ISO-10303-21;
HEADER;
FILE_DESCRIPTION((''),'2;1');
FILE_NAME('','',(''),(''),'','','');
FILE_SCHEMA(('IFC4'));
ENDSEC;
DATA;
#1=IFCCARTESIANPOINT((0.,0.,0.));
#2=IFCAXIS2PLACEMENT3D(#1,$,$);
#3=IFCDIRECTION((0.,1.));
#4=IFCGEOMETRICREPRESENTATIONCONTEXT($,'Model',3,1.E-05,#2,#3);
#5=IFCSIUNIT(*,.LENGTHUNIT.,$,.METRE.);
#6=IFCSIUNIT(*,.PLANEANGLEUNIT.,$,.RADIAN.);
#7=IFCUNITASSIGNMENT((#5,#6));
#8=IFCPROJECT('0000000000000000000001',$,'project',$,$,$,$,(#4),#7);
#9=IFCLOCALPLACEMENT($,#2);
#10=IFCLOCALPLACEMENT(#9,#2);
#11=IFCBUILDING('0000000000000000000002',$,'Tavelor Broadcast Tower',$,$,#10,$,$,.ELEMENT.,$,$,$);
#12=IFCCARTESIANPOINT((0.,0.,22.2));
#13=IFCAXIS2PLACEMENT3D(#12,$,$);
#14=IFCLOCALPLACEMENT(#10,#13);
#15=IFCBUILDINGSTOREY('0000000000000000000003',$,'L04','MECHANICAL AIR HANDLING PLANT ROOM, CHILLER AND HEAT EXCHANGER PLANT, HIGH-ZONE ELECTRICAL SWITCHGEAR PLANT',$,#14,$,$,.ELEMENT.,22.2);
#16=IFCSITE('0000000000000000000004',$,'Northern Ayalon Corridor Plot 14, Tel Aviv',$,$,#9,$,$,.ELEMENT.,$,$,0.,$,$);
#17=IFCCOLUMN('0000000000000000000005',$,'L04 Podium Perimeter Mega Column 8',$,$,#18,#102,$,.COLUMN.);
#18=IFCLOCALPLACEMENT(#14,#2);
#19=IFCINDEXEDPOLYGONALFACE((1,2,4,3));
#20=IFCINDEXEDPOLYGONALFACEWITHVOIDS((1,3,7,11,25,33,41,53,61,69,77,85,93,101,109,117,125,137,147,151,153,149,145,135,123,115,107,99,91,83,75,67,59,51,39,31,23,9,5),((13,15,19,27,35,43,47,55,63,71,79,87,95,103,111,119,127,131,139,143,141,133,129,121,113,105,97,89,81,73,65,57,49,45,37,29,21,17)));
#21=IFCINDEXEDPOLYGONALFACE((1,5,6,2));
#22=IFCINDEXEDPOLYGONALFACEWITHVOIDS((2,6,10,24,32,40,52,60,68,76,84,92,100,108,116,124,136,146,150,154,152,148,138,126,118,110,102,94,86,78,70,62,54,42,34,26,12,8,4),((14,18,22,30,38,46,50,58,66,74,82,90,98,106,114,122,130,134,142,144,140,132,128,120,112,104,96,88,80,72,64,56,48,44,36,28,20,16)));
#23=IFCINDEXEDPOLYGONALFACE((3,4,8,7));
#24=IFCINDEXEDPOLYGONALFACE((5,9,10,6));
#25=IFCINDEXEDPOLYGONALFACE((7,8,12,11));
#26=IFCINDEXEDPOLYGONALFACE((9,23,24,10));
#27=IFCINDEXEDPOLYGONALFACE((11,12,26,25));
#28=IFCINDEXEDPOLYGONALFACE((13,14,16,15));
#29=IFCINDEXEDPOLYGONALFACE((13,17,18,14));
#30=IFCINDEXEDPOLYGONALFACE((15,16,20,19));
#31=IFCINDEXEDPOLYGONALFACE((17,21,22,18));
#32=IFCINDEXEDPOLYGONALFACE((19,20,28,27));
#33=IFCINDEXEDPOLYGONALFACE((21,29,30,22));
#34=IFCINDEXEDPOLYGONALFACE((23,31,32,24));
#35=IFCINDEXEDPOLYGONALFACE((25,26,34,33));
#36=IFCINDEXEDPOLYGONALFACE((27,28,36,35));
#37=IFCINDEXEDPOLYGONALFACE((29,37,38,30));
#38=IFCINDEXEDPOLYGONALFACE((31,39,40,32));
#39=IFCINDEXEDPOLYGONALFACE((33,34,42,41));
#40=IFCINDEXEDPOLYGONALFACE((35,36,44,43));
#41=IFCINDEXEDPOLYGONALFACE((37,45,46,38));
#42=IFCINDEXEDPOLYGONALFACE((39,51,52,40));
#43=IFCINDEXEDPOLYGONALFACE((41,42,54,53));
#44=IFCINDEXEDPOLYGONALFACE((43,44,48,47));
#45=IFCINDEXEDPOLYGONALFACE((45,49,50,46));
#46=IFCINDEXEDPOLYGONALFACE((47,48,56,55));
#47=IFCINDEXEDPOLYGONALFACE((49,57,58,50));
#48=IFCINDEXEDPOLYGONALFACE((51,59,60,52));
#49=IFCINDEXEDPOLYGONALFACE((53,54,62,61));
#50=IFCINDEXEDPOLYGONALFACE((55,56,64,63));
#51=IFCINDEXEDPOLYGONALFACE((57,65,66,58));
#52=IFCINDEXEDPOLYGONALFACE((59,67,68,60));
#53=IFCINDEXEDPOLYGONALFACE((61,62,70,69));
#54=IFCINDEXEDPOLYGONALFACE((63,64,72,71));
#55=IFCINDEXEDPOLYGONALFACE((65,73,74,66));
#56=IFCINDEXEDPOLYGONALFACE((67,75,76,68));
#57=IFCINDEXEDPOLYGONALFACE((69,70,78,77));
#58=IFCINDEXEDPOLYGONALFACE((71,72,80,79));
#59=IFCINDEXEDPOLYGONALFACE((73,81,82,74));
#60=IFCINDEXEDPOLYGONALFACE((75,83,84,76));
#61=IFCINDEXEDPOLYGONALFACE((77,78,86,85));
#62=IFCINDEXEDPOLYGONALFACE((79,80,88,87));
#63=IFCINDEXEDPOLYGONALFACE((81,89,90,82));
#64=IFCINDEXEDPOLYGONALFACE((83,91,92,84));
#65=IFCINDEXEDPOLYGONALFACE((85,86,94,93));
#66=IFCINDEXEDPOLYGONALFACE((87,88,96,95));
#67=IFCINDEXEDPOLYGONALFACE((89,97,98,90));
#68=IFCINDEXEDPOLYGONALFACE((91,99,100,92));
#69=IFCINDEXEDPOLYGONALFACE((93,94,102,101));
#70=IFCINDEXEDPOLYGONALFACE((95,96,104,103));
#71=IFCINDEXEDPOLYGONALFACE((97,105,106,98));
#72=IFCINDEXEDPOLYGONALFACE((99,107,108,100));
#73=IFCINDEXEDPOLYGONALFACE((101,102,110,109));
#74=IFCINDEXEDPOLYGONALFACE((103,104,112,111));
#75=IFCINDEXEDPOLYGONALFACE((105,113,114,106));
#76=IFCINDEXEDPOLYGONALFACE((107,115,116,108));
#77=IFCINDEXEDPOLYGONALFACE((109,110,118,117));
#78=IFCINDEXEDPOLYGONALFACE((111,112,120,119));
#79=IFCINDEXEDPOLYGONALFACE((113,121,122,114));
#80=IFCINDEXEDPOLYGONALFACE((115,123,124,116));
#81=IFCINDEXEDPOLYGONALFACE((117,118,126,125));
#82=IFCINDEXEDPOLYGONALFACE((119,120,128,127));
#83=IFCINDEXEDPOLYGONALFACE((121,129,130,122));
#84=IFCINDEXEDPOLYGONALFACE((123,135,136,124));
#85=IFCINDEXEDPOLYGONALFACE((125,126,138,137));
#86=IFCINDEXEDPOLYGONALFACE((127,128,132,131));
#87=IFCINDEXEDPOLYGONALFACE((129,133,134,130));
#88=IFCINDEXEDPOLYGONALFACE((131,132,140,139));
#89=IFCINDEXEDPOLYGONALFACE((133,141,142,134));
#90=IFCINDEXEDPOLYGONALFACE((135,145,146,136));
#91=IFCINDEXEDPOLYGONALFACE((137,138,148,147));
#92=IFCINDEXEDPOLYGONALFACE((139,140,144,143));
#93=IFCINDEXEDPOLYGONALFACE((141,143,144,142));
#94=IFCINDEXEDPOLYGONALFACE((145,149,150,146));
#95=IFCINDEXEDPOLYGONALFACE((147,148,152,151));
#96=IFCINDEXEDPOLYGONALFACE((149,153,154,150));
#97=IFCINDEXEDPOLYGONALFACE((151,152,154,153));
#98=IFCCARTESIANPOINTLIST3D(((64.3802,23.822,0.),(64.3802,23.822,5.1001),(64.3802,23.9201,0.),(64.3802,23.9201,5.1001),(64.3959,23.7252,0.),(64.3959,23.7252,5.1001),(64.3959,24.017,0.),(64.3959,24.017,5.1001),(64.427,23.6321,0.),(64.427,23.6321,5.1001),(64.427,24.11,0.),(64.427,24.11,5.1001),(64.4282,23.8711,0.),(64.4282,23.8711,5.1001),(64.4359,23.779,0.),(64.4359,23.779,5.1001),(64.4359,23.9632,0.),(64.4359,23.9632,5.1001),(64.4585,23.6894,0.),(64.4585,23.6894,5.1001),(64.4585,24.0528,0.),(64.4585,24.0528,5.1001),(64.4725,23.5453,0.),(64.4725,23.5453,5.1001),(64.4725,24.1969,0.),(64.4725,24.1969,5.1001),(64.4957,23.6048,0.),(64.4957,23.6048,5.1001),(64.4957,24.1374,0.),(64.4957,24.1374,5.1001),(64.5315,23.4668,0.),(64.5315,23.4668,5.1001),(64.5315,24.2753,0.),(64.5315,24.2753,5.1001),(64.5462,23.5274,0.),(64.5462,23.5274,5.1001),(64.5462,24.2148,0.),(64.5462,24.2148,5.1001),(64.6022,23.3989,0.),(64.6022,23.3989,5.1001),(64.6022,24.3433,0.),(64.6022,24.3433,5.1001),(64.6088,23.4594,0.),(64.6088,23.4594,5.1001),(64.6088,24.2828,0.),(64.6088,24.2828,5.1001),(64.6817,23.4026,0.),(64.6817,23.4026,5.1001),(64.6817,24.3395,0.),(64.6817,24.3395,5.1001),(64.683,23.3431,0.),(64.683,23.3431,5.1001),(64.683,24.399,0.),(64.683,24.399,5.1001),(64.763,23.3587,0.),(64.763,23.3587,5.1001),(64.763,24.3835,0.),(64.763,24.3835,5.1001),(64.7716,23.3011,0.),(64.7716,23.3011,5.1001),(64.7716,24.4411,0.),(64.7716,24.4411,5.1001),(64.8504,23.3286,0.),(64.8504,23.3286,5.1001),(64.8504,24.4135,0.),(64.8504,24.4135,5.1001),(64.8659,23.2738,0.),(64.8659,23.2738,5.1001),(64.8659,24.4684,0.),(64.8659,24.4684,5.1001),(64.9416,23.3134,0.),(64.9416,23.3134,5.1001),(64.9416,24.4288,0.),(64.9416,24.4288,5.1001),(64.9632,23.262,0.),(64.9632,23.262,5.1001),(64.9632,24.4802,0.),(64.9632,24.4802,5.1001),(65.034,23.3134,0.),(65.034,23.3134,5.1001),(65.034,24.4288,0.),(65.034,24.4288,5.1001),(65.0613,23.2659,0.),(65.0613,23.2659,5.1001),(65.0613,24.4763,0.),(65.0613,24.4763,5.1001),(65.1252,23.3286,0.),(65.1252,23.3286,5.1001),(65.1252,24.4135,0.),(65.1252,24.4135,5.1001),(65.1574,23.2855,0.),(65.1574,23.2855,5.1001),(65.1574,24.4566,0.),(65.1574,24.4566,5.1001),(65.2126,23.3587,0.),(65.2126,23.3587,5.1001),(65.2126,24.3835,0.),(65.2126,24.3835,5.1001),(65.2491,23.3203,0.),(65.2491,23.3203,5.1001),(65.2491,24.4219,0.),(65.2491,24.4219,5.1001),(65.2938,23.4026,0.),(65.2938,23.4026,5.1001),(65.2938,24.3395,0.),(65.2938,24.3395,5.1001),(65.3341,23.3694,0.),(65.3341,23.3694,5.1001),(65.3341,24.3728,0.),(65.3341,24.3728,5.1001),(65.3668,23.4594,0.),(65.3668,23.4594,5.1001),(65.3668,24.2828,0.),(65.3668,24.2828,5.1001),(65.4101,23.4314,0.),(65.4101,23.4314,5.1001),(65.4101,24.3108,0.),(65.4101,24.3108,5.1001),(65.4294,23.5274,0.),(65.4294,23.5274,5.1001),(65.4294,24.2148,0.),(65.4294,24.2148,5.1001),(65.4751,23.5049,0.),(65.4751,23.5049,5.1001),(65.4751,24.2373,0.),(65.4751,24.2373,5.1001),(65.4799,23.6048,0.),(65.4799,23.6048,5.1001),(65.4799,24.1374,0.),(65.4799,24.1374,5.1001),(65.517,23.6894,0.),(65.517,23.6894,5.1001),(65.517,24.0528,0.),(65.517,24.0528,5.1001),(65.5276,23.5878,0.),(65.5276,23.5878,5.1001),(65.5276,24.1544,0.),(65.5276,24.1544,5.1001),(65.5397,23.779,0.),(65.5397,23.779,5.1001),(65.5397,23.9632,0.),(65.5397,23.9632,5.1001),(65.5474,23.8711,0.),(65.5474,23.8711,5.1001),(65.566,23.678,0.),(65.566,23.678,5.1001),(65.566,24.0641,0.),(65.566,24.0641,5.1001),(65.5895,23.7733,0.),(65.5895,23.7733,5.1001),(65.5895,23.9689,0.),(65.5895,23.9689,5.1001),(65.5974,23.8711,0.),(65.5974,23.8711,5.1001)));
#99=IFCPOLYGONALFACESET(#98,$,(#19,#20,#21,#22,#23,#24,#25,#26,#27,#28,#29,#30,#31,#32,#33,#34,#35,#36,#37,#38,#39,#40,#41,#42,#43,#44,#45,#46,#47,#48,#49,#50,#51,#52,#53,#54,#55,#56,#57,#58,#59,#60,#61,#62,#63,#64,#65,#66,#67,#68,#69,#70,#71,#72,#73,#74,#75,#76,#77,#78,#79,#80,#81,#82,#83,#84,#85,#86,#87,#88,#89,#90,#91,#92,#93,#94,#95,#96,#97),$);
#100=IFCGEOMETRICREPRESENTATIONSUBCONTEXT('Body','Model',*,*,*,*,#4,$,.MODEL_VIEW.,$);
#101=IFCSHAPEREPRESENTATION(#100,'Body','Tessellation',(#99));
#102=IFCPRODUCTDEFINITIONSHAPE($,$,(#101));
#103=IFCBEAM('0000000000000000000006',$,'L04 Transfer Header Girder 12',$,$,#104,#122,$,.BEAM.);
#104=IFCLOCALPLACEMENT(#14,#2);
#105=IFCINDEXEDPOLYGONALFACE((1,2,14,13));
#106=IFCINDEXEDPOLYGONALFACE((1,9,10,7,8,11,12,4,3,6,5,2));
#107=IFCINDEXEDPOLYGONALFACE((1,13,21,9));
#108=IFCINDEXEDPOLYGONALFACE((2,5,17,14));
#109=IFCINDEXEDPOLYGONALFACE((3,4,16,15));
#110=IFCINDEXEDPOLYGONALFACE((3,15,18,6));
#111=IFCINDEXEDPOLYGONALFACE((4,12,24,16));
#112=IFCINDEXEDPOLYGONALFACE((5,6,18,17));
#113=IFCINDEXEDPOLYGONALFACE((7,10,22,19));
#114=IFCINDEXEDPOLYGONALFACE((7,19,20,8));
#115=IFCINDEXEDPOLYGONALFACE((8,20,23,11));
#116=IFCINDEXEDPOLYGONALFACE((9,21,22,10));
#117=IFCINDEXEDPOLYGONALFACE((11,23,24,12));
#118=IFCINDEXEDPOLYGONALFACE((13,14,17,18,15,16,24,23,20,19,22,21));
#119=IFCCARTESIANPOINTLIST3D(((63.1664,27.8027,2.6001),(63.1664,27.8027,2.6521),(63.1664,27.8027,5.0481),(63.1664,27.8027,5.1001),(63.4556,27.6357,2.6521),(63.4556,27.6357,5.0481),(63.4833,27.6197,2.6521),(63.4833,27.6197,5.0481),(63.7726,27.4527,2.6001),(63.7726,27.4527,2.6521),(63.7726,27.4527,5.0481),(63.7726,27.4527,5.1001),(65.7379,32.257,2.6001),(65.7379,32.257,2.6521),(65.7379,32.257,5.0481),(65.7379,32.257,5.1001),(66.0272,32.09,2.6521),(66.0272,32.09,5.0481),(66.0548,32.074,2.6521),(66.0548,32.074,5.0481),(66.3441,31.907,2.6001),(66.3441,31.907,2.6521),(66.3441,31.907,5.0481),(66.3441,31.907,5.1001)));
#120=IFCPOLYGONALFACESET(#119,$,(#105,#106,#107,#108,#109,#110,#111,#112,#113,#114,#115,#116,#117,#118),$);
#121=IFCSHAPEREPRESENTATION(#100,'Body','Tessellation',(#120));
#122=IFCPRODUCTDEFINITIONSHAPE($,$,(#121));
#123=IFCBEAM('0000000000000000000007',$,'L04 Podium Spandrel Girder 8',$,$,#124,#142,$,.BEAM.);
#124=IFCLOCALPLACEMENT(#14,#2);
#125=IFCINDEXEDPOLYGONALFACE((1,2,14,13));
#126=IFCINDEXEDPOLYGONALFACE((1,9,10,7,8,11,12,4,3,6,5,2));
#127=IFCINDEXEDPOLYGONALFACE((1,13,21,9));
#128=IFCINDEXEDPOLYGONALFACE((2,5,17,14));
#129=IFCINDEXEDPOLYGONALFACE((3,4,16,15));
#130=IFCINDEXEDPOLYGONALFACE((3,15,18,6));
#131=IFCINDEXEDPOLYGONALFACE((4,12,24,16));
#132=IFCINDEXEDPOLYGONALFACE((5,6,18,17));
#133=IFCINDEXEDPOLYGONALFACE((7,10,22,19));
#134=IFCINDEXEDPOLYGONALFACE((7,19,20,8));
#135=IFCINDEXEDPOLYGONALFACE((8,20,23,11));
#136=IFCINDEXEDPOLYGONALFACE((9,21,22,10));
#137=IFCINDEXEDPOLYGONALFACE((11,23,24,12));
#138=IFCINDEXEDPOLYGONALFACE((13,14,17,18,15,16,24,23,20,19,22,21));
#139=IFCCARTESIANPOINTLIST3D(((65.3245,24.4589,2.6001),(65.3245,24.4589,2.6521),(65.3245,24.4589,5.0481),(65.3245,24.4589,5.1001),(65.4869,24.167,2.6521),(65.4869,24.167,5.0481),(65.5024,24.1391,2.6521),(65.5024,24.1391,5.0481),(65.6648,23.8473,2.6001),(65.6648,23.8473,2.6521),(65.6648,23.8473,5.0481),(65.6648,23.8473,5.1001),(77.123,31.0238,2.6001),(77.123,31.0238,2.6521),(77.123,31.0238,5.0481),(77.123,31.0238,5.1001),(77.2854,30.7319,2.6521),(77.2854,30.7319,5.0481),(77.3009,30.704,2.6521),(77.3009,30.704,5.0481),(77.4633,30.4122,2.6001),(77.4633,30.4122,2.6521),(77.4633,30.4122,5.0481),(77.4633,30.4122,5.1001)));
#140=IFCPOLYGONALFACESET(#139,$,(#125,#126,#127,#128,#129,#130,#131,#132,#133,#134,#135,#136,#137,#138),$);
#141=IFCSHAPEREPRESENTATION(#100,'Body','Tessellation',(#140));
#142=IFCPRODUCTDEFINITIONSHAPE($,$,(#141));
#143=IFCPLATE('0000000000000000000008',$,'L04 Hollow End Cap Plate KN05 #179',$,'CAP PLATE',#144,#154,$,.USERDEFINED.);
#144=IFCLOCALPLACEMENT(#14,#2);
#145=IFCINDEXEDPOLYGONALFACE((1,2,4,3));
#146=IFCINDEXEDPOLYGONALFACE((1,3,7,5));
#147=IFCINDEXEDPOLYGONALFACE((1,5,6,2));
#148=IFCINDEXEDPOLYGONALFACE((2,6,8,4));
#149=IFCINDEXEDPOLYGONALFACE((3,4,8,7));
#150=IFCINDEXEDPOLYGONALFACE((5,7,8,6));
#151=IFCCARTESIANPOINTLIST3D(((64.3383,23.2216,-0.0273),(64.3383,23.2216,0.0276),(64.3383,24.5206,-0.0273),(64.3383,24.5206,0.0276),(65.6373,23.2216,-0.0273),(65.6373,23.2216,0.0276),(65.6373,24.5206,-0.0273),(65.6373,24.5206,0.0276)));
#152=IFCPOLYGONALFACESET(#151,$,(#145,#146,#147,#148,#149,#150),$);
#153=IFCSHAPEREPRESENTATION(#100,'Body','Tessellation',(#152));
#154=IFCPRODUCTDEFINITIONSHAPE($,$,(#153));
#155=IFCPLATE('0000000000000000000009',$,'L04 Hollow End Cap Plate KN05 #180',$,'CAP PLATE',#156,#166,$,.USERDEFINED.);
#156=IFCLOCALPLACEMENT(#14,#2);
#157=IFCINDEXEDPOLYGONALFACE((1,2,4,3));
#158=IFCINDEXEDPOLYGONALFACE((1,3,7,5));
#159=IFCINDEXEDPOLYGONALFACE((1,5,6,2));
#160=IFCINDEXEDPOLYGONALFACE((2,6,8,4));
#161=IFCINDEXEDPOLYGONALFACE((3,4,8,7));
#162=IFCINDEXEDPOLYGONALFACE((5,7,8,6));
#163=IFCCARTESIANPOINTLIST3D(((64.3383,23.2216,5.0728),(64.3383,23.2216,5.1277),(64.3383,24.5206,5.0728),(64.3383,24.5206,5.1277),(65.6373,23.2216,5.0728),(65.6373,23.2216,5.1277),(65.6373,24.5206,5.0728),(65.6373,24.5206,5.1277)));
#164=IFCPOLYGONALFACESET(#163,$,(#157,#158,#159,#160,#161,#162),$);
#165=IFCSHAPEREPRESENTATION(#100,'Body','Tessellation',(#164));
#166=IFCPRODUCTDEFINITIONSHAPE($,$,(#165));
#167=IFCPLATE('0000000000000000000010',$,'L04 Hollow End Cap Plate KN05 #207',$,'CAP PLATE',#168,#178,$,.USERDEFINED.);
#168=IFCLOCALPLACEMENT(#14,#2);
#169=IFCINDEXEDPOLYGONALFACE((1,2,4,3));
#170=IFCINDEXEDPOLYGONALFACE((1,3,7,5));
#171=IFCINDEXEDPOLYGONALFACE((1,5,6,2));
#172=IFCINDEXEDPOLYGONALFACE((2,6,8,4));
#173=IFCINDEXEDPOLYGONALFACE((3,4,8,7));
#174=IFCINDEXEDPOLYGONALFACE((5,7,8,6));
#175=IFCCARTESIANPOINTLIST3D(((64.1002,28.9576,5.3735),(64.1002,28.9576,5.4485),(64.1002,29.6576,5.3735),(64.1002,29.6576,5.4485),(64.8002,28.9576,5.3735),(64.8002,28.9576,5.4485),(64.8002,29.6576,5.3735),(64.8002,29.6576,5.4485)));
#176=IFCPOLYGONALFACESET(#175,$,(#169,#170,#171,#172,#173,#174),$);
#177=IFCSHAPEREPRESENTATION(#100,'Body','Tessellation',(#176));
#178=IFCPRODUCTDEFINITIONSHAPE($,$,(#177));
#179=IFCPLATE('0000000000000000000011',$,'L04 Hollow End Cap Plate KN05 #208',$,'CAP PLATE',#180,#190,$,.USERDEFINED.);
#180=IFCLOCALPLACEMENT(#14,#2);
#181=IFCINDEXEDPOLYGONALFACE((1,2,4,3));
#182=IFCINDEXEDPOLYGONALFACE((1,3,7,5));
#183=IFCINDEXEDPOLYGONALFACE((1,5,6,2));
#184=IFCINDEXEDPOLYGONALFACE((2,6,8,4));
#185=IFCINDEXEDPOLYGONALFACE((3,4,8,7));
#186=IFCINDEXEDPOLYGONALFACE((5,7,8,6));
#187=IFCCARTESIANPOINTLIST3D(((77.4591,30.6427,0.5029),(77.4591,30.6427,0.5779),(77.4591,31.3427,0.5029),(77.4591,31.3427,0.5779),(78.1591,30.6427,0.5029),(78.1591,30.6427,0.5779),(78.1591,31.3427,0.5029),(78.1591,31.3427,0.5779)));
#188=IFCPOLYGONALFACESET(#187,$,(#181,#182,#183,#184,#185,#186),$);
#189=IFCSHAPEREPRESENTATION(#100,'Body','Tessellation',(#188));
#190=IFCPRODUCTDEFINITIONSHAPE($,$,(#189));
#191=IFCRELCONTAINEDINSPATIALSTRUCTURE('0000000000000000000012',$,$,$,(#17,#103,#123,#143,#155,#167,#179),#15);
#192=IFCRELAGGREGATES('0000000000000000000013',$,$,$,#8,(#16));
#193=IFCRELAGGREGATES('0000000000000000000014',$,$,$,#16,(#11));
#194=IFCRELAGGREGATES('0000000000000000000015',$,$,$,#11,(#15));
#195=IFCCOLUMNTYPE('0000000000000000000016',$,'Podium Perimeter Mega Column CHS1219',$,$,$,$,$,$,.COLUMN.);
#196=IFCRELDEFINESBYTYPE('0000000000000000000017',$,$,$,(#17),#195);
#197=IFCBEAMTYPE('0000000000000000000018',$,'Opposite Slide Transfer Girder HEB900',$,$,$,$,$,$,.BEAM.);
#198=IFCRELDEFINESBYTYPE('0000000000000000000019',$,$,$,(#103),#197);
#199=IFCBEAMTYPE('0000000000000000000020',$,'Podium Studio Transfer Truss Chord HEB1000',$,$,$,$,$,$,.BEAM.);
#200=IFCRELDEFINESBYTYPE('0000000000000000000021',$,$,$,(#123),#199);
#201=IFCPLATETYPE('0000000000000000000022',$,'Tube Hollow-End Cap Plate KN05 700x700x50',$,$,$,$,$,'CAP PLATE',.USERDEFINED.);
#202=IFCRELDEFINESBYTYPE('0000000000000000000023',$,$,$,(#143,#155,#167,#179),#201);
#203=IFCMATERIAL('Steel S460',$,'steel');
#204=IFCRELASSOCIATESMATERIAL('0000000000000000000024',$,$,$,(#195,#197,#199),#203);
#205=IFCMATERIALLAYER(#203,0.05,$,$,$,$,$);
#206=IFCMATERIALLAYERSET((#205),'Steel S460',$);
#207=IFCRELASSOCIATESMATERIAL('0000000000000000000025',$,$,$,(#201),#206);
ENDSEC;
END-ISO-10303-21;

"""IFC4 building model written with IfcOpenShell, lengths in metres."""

from ifc_helpers import new_model, si_unit, direction, frame, origin, origin_2d, place, context, subcontext, project, spatial, rectangle, hollow_circle, i_section, extrude, source, transform, mapped, material, layer, layer_set, material_profile, profile_set, type_object, type_shapes, element, save


model = new_model("IFC4")

# Units and contexts
model_context = context("Model", 3, precision=1e-05, world=origin(), true_north=direction((0.0, 1.0)))
body_context = subcontext(model_context, "Body", "Model", "MODEL_VIEW")
ifc_project = project(units=[si_unit("LENGTHUNIT", "METRE"), si_unit("PLANEANGLEUNIT", "RADIAN")], contexts=[model_context])

# Site, building, storey
site_placement = place(None, origin())
site = spatial("IfcSite", under=ifc_project, at=site_placement, Name="Northern Ayalon Corridor Plot 14, Tel Aviv", CompositionType="ELEMENT", RefElevation=0.0)
building_placement = place(site_placement, origin())
building = spatial("IfcBuilding", under=site, at=building_placement, Name="Tavelor Broadcast Tower", CompositionType="ELEMENT")
storey_placement = place(building_placement, frame((0.0, 0.0, 22.2)))
storey = spatial("IfcBuildingStorey", under=building, at=storey_placement, Name="L04", Description="MECHANICAL AIR HANDLING PLANT ROOM, CHILLER AND HEAT EXCHANGER PLANT, HIGH-ZONE ELECTRICAL SWITCHGEAR PLANT", CompositionType="ELEMENT", Elevation=22.2)

# Column
ifc_material_1 = material(Name="Steel S460", Category="steel")
ifc_material_profile_1 = material_profile(ifc_material_1, hollow_circle(Radius=0.6096, WallThickness=0.05, at=origin_2d()), Name="CHS 1219x50")
ifc_profile_set_1 = profile_set([ifc_material_profile_1], Name="Steel S460")
column_type = type_object("IfcColumnType", Name="Podium Perimeter Mega Column CHS1219", PredefinedType="COLUMN", material=ifc_profile_set_1)
column_placement = place(storey_placement, frame((64.9878, 23.8711, 0.0), z_axis=(0.0, 0.0, 1.0), x_axis=(1.0, 0.0, 0.0)))
element("IfcColumn", 1, at=column_placement, inside=storey, type_object=column_type, Name="L04 Podium Perimeter Mega Column 8", PredefinedType="COLUMN", context=body_context, shape_type="SweptSolid", body=[
    extrude(hollow_circle(Radius=0.6096, WallThickness=0.05, at=origin_2d()), origin(), (0.0, 0.0, 1.0), 5.1001),
])

# Beams
ifc_material_profile_2 = material_profile(ifc_material_1, i_section(OverallWidth=0.7, OverallDepth=2.5, WebThickness=0.032, FlangeThickness=0.052, at=origin_2d()), Name="PG 2500x700")
ifc_profile_set_2 = profile_set([ifc_material_profile_2], Name="Steel S460")
beam_type_1 = type_object("IfcBeamType", Name="Opposite Slide Transfer Girder HEB900", PredefinedType="BEAM", material=ifc_profile_set_2)
beam_1_placement = place(storey_placement, frame((63.4695, 27.6277, 3.8501), z_axis=(0.499973, 0.866041, 0.0), x_axis=(-0.866041, 0.499973, 0.0)))
element("IfcBeam", 2, at=beam_1_placement, inside=storey, type_object=beam_type_1, Name="L04 Transfer Header Girder 12", PredefinedType="BEAM", context=body_context, shape_type="SweptSolid", body=[
    extrude(i_section(OverallWidth=0.7, OverallDepth=2.5, WebThickness=0.032, FlangeThickness=0.052, at=origin_2d()), origin(), (0.0, 0.0, 1.0), 5.1433),
])
ifc_material_profile_3 = material_profile(ifc_material_1, i_section(OverallWidth=0.7, OverallDepth=2.5, WebThickness=0.032, FlangeThickness=0.052, at=origin_2d()), Name="PG 2500x700")
ifc_profile_set_3 = profile_set([ifc_material_profile_3], Name="Steel S460")
beam_type_2 = type_object("IfcBeamType", Name="Podium Studio Transfer Truss Chord HEB1000", PredefinedType="BEAM", material=ifc_profile_set_3)
beam_2_placement = place(storey_placement, frame((65.4946, 24.1531, 3.8501), z_axis=(0.873837, 0.486219, 0.0), x_axis=(-0.486219, 0.873837, 0.0)))
element("IfcBeam", 3, at=beam_2_placement, inside=storey, type_object=beam_type_2, Name="L04 Podium Spandrel Girder 8", PredefinedType="BEAM", context=body_context, shape_type="SweptSolid", body=[
    extrude(i_section(OverallWidth=0.7, OverallDepth=2.5, WebThickness=0.032, FlangeThickness=0.052, at=origin_2d()), origin(), (0.0, 0.0, 1.0), 13.502),
])

# Plates
ifc_layer_1 = layer(ifc_material_1, 0.05)
ifc_layer_set_1 = layer_set([ifc_layer_1], Name="Steel S460")
plate_type_1 = type_object("IfcPlateType", Name="Tube Hollow-End Cap Plate KN05 700x700x50", ElementType="CAP PLATE", PredefinedType="USERDEFINED", material=ifc_layer_set_1)
shared_shape_1 = source(origin(), body_context, "Body", "SweptSolid", [
    extrude(rectangle(XDim=1.2991, YDim=1.2991, at=origin_2d()), origin(), (0.0, 0.0, 1.0), 0.0549),
])
for number, where, z_axis, x_axis, name in (
    (4, (64.9878, 23.8711, -0.0273), (0.0, 0.0, 1.0), (1.0, 0.0, 0.0), "L04 Hollow End Cap Plate KN05 #179"),
    (5, (64.9878, 23.8711, 5.0728), (0.0, 0.0, 1.0), (1.0, 0.0, 0.0), "L04 Hollow End Cap Plate KN05 #180"),
):
    element("IfcPlate", number, at=place(storey_placement, frame(where, z_axis=z_axis, x_axis=x_axis)), inside=storey, type_object=plate_type_1, Name=name, ObjectType="CAP PLATE", PredefinedType="USERDEFINED", context=body_context, shape_type="MappedRepresentation", body=[
        mapped(shared_shape_1, transform((0.0, 0.0, 0.0), scale=1.0)),
    ])
shared_shape_2 = source(origin(), body_context, "Body", "SweptSolid", [
    extrude(rectangle(XDim=0.7, YDim=0.7, at=origin_2d()), origin(), (0.0, 0.0, 1.0), 0.075),
])
type_shapes(plate_type_1, [shared_shape_1, shared_shape_2])
for number, where, z_axis, x_axis, name in (
    (6, (64.4502, 29.3076, 5.3735), (0.0, 0.0, 1.0), (1.0, 0.0, 0.0), "L04 Hollow End Cap Plate KN05 #207"),
    (7, (77.8091, 30.9927, 0.5029), (0.0, 0.0, 1.0), (1.0, 0.0, 0.0), "L04 Hollow End Cap Plate KN05 #208"),
):
    element("IfcPlate", number, at=place(storey_placement, frame(where, z_axis=z_axis, x_axis=x_axis)), inside=storey, type_object=plate_type_1, Name=name, ObjectType="CAP PLATE", PredefinedType="USERDEFINED", context=body_context, shape_type="MappedRepresentation", body=[
        mapped(shared_shape_2, transform((0.0, 0.0, 0.0), scale=1.0)),
    ])

save(model, "model.ifc")
